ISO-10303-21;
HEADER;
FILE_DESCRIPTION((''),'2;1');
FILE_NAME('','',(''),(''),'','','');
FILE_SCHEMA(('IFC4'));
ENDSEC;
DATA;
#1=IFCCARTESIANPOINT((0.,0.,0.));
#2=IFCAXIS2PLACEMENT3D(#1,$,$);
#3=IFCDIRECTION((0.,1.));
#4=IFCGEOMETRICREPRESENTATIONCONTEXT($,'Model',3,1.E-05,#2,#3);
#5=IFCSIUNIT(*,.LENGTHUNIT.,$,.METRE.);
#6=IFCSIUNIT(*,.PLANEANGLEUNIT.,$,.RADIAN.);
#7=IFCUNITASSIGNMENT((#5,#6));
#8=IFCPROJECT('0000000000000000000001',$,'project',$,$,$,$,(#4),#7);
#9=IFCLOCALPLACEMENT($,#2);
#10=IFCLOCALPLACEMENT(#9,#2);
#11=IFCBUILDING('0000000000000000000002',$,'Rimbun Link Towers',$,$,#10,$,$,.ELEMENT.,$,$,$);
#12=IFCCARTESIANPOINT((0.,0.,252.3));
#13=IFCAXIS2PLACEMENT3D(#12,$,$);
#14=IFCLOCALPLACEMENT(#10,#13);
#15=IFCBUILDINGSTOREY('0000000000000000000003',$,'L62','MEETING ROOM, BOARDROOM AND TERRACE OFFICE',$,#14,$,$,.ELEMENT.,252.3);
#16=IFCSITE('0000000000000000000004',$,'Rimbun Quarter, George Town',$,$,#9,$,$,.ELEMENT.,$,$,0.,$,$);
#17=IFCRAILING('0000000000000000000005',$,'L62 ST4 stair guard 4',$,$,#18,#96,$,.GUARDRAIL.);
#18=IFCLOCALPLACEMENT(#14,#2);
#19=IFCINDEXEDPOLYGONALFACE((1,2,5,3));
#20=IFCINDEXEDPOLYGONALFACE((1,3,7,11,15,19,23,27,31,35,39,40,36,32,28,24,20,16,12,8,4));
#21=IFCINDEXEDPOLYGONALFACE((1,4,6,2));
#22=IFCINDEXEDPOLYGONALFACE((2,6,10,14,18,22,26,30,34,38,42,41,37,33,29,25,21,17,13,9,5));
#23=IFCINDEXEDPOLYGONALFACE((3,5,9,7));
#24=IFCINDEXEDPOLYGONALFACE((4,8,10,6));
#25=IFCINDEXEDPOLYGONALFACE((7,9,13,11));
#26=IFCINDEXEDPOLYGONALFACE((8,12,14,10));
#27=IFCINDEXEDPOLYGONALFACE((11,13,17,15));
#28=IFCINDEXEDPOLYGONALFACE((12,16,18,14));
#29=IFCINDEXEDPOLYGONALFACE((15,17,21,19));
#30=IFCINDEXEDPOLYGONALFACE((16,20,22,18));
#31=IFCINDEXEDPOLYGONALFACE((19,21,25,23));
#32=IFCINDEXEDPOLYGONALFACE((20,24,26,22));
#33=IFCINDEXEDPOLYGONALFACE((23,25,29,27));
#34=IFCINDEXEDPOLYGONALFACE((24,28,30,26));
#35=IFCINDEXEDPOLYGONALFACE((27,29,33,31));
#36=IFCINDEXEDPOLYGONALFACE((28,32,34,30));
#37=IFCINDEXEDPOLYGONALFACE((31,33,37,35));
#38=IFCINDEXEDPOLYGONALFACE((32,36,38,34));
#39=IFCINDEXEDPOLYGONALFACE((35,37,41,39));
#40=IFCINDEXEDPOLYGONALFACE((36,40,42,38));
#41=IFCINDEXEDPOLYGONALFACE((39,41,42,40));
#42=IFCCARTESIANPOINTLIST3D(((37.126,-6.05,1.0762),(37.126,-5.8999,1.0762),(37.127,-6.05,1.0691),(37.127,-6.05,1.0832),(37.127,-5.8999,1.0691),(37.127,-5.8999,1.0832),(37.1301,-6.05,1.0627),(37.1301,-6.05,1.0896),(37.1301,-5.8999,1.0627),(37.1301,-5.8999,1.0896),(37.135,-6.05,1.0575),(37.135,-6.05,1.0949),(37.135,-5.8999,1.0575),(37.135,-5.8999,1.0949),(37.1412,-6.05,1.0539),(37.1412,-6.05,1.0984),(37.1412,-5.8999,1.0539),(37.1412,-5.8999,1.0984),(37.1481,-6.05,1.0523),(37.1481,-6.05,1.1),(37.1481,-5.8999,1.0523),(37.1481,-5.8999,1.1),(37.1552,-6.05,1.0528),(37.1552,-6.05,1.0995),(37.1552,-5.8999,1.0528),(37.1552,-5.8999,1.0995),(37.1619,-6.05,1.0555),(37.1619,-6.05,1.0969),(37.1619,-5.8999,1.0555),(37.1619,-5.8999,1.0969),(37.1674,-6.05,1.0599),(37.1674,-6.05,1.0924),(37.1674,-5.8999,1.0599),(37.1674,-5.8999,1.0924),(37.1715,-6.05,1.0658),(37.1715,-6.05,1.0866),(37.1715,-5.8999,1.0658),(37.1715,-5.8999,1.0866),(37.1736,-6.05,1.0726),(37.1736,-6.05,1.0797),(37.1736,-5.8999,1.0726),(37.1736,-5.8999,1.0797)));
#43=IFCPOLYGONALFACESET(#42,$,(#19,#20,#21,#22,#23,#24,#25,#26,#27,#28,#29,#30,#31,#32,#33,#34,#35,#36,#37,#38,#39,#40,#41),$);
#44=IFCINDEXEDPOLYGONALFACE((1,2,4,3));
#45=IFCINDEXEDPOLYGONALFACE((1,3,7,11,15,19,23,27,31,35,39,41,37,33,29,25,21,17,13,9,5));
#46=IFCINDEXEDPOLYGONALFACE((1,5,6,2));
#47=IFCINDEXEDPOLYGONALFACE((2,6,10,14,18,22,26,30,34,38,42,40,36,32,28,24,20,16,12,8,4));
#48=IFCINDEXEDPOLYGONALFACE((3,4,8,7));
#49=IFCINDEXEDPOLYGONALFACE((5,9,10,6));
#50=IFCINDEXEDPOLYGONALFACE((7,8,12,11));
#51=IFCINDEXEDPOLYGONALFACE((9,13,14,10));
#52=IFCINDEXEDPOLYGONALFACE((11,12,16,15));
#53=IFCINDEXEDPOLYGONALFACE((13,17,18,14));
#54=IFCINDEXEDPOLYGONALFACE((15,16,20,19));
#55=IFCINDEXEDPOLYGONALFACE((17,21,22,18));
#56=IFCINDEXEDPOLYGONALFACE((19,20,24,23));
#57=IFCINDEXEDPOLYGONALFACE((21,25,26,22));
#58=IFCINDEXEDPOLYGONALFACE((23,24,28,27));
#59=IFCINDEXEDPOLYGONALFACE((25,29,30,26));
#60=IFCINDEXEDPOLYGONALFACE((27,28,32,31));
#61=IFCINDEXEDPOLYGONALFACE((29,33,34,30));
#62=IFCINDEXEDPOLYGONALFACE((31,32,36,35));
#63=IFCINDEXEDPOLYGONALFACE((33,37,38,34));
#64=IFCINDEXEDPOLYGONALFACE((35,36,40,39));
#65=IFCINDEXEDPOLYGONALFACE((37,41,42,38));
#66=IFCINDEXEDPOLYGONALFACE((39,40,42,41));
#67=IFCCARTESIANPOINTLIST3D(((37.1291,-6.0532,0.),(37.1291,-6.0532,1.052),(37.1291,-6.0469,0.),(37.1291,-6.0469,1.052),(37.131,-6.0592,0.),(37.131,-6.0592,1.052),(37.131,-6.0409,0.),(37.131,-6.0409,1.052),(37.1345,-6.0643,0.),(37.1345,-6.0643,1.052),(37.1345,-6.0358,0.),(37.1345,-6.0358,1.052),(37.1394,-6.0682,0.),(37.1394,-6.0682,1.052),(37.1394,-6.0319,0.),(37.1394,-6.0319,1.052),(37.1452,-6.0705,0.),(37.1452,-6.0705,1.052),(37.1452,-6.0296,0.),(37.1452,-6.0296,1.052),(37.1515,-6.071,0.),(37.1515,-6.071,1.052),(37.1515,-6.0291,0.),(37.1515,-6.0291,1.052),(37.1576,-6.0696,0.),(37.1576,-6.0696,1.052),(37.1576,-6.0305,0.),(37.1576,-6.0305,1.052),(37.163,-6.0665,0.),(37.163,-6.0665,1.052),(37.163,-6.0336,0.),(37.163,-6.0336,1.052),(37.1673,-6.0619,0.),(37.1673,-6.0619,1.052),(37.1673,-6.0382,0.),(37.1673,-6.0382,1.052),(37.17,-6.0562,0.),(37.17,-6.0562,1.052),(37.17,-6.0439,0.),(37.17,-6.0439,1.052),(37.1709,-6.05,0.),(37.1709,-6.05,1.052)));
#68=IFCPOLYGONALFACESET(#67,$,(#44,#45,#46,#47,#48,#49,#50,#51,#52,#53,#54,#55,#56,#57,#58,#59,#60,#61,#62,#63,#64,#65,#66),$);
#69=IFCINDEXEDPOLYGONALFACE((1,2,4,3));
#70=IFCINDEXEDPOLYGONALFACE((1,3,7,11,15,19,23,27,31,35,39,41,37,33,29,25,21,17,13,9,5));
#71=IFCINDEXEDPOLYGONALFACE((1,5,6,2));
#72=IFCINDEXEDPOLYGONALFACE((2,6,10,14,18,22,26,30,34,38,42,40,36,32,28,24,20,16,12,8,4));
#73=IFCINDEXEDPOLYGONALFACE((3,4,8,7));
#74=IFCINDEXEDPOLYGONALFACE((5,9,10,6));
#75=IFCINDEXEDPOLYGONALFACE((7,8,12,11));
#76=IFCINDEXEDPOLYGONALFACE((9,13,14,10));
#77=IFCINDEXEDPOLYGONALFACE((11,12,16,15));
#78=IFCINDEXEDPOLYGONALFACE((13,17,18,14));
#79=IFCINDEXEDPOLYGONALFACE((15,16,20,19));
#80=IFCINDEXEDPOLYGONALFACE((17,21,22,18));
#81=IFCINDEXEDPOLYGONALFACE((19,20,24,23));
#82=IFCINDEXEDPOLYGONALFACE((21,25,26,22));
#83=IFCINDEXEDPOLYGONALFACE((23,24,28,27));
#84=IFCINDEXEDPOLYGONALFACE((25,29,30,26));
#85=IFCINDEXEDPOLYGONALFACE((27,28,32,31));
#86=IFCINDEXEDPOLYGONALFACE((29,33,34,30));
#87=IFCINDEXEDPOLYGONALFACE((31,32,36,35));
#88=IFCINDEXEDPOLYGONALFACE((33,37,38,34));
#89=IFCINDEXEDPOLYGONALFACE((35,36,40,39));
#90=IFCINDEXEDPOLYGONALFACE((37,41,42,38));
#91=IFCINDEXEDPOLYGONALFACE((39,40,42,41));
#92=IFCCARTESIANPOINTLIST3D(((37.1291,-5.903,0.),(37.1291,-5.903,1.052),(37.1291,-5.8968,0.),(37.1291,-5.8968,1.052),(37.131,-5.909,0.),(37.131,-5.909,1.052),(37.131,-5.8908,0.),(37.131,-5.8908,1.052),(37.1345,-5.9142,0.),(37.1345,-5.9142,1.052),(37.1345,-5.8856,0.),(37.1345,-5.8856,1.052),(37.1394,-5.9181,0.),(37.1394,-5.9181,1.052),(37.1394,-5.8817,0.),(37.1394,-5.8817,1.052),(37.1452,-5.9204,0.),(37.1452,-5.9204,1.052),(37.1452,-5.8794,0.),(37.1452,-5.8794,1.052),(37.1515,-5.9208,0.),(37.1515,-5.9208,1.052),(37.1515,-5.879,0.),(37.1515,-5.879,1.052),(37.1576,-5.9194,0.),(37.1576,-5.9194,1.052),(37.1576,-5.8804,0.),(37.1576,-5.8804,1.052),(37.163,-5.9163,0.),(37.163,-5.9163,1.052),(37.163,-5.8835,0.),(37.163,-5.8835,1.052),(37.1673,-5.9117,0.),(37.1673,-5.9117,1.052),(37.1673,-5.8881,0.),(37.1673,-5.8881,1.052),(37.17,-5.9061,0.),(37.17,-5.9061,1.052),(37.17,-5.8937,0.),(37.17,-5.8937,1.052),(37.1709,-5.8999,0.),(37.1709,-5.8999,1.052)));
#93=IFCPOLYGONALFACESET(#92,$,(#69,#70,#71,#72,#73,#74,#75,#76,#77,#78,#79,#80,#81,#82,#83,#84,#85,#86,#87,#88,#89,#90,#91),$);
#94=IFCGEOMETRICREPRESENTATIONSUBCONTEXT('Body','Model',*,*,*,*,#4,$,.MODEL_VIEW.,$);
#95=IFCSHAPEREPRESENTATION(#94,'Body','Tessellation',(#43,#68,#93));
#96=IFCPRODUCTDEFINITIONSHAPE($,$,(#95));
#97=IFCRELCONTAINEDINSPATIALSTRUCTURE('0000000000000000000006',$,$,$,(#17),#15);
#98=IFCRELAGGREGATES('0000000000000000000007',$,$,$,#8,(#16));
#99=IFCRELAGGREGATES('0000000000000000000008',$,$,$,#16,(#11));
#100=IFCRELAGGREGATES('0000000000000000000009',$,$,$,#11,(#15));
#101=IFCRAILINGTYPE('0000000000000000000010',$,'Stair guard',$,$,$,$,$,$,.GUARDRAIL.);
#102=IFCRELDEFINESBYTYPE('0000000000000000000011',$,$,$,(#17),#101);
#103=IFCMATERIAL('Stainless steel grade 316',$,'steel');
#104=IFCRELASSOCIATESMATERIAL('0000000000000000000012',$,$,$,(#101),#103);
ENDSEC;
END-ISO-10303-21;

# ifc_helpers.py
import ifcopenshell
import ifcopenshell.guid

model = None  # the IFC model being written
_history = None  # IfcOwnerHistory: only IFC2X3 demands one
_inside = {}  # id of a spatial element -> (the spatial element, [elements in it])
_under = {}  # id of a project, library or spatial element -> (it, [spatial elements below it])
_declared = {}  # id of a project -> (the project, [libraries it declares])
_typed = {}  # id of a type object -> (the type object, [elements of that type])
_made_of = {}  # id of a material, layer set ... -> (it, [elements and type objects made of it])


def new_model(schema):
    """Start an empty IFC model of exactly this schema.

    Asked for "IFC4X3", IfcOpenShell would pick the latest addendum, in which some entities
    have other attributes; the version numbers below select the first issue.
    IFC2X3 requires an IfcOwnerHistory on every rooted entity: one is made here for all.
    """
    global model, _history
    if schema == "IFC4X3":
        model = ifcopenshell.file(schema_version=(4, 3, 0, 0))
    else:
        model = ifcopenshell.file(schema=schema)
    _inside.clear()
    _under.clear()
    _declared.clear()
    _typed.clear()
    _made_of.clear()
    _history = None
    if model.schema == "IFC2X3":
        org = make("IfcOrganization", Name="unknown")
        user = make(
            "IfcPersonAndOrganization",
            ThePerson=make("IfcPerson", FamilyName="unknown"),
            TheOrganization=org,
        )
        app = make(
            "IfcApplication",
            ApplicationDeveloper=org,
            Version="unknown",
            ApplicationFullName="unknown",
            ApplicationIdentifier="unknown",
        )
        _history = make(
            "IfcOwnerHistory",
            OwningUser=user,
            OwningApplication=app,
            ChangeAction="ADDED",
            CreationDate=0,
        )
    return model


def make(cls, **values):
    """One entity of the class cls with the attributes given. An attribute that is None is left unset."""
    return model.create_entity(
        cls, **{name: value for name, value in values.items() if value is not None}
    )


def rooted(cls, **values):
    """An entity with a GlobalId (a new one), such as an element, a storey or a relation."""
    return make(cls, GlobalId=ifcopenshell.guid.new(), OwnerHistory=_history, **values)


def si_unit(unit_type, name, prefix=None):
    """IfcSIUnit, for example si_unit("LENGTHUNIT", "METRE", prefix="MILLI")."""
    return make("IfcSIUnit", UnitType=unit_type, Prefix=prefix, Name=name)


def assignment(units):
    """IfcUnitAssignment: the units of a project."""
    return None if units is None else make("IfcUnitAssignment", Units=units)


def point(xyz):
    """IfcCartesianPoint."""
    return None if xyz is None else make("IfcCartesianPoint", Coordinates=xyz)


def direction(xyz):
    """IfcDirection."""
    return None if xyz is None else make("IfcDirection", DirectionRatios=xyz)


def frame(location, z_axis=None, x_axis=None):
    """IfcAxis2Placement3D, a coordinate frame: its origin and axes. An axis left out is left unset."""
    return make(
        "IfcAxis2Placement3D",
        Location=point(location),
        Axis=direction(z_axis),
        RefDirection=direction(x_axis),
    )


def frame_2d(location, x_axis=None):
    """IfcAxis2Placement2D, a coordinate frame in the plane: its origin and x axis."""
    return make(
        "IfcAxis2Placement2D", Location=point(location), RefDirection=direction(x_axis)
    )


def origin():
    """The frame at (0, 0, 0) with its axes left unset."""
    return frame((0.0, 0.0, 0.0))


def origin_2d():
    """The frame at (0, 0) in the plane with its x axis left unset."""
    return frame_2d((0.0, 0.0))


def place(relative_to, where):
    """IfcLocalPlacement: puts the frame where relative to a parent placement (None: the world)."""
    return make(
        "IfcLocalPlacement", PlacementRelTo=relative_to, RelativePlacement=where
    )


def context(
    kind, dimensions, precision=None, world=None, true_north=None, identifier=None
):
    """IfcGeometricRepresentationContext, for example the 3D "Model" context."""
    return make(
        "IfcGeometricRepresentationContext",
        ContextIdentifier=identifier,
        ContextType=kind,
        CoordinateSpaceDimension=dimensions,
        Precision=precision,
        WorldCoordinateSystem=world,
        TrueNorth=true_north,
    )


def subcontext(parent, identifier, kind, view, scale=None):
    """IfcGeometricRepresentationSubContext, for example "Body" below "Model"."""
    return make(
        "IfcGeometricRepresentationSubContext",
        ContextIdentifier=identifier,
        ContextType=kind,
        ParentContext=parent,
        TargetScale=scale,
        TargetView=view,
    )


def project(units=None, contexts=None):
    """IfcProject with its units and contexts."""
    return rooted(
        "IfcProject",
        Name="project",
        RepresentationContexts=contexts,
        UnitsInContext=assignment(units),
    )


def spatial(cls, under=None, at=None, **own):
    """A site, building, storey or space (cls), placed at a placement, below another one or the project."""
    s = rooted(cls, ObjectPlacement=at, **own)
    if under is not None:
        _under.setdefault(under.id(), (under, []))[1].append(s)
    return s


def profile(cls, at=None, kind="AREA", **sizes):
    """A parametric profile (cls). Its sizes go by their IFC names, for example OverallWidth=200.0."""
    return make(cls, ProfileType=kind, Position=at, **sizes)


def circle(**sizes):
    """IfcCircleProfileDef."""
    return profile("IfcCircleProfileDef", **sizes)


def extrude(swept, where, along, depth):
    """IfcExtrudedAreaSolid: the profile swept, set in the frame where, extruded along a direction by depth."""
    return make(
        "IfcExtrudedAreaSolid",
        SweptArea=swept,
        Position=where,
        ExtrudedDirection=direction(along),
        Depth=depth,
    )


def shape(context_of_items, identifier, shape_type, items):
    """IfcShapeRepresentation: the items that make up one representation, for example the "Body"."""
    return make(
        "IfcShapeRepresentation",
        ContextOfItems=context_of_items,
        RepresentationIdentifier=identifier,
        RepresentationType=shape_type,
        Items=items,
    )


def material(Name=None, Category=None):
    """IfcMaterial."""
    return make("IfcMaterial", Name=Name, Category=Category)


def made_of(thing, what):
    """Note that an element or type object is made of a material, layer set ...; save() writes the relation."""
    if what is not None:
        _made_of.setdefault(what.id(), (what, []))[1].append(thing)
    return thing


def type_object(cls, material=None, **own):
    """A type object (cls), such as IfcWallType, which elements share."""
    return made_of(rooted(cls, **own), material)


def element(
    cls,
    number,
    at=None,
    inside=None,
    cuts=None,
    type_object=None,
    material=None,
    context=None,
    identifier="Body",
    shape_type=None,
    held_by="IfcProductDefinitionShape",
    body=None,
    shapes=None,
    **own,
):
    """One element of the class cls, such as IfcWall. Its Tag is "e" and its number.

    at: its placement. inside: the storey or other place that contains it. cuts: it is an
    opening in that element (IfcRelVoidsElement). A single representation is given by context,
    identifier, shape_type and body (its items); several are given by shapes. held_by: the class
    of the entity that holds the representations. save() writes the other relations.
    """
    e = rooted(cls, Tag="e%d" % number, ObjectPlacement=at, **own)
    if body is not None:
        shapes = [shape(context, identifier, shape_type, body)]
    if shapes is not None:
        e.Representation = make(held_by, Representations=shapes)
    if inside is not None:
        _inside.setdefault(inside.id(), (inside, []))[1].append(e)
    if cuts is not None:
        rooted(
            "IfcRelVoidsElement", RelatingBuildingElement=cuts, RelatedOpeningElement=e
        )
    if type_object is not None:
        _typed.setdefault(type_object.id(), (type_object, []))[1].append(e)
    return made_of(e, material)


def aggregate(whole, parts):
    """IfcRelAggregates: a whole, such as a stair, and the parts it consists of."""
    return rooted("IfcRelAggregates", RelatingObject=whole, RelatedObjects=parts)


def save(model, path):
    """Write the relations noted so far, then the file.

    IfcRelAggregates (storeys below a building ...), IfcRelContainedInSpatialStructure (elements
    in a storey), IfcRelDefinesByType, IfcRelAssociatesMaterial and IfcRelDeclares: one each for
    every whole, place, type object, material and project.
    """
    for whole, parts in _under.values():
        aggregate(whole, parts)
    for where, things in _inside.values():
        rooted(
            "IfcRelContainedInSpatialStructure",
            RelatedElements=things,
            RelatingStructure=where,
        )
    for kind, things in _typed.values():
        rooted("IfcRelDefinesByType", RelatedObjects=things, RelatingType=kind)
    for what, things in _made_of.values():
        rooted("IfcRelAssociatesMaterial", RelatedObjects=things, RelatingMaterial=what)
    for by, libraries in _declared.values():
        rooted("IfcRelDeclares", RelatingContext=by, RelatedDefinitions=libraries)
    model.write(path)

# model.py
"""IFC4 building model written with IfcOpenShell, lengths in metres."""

from ifc_helpers import new_model, si_unit, direction, frame, origin, origin_2d, place, context, subcontext, project, spatial, circle, extrude, material, type_object, element, save


model = new_model("IFC4")

# Units and contexts
model_context = context("Model", 3, precision=1e-05, world=origin(), true_north=direction((0.0, 1.0)))
body_context = subcontext(model_context, "Body", "Model", "MODEL_VIEW")
ifc_project = project(units=[si_unit("LENGTHUNIT", "METRE"), si_unit("PLANEANGLEUNIT", "RADIAN")], contexts=[model_context])

# Site, building, storey
site_placement = place(None, origin())
site = spatial("IfcSite", under=ifc_project, at=site_placement, Name="Rimbun Quarter, George Town", CompositionType="ELEMENT", RefElevation=0.0)
building_placement = place(site_placement, origin())
building = spatial("IfcBuilding", under=site, at=building_placement, Name="Rimbun Link Towers", CompositionType="ELEMENT")
storey_placement = place(building_placement, frame((0.0, 0.0, 252.3)))
storey = spatial("IfcBuildingStorey", under=building, at=storey_placement, Name="L62", Description="MEETING ROOM, BOARDROOM AND TERRACE OFFICE", CompositionType="ELEMENT", Elevation=252.3)

# Railing
ifc_material_1 = material(Name="Stainless steel grade 316", Category="steel")
railing_type_1 = type_object("IfcRailingType", Name="Stair guard", PredefinedType="GUARDRAIL", material=ifc_material_1)
railing_1_placement = place(storey_placement, frame((37.1499, -6.05, 0.0)))
element("IfcRailing", 1, at=railing_1_placement, inside=storey, type_object=railing_type_1, Name="L62 ST4 stair guard 4", PredefinedType="GUARDRAIL", context=body_context, shape_type="SweptSolid", body=[
    extrude(circle(Radius=0.0239, at=origin_2d()), frame((0.0, 0.0, 1.0762), z_axis=(0.0, 1.0, 0.0), x_axis=(-1.0, 0.0, 0.0)), (0.0, 0.0, 1.0), 0.1501),
    extrude(circle(Radius=0.021, at=origin_2d()), origin(), (0.0, 0.0, 1.0), 1.052),
    extrude(circle(Radius=0.021, at=origin_2d()), frame((0.0, 0.1501, 0.0)), (0.0, 0.0, 1.0), 1.052),
])

save(model, "model.ifc")
